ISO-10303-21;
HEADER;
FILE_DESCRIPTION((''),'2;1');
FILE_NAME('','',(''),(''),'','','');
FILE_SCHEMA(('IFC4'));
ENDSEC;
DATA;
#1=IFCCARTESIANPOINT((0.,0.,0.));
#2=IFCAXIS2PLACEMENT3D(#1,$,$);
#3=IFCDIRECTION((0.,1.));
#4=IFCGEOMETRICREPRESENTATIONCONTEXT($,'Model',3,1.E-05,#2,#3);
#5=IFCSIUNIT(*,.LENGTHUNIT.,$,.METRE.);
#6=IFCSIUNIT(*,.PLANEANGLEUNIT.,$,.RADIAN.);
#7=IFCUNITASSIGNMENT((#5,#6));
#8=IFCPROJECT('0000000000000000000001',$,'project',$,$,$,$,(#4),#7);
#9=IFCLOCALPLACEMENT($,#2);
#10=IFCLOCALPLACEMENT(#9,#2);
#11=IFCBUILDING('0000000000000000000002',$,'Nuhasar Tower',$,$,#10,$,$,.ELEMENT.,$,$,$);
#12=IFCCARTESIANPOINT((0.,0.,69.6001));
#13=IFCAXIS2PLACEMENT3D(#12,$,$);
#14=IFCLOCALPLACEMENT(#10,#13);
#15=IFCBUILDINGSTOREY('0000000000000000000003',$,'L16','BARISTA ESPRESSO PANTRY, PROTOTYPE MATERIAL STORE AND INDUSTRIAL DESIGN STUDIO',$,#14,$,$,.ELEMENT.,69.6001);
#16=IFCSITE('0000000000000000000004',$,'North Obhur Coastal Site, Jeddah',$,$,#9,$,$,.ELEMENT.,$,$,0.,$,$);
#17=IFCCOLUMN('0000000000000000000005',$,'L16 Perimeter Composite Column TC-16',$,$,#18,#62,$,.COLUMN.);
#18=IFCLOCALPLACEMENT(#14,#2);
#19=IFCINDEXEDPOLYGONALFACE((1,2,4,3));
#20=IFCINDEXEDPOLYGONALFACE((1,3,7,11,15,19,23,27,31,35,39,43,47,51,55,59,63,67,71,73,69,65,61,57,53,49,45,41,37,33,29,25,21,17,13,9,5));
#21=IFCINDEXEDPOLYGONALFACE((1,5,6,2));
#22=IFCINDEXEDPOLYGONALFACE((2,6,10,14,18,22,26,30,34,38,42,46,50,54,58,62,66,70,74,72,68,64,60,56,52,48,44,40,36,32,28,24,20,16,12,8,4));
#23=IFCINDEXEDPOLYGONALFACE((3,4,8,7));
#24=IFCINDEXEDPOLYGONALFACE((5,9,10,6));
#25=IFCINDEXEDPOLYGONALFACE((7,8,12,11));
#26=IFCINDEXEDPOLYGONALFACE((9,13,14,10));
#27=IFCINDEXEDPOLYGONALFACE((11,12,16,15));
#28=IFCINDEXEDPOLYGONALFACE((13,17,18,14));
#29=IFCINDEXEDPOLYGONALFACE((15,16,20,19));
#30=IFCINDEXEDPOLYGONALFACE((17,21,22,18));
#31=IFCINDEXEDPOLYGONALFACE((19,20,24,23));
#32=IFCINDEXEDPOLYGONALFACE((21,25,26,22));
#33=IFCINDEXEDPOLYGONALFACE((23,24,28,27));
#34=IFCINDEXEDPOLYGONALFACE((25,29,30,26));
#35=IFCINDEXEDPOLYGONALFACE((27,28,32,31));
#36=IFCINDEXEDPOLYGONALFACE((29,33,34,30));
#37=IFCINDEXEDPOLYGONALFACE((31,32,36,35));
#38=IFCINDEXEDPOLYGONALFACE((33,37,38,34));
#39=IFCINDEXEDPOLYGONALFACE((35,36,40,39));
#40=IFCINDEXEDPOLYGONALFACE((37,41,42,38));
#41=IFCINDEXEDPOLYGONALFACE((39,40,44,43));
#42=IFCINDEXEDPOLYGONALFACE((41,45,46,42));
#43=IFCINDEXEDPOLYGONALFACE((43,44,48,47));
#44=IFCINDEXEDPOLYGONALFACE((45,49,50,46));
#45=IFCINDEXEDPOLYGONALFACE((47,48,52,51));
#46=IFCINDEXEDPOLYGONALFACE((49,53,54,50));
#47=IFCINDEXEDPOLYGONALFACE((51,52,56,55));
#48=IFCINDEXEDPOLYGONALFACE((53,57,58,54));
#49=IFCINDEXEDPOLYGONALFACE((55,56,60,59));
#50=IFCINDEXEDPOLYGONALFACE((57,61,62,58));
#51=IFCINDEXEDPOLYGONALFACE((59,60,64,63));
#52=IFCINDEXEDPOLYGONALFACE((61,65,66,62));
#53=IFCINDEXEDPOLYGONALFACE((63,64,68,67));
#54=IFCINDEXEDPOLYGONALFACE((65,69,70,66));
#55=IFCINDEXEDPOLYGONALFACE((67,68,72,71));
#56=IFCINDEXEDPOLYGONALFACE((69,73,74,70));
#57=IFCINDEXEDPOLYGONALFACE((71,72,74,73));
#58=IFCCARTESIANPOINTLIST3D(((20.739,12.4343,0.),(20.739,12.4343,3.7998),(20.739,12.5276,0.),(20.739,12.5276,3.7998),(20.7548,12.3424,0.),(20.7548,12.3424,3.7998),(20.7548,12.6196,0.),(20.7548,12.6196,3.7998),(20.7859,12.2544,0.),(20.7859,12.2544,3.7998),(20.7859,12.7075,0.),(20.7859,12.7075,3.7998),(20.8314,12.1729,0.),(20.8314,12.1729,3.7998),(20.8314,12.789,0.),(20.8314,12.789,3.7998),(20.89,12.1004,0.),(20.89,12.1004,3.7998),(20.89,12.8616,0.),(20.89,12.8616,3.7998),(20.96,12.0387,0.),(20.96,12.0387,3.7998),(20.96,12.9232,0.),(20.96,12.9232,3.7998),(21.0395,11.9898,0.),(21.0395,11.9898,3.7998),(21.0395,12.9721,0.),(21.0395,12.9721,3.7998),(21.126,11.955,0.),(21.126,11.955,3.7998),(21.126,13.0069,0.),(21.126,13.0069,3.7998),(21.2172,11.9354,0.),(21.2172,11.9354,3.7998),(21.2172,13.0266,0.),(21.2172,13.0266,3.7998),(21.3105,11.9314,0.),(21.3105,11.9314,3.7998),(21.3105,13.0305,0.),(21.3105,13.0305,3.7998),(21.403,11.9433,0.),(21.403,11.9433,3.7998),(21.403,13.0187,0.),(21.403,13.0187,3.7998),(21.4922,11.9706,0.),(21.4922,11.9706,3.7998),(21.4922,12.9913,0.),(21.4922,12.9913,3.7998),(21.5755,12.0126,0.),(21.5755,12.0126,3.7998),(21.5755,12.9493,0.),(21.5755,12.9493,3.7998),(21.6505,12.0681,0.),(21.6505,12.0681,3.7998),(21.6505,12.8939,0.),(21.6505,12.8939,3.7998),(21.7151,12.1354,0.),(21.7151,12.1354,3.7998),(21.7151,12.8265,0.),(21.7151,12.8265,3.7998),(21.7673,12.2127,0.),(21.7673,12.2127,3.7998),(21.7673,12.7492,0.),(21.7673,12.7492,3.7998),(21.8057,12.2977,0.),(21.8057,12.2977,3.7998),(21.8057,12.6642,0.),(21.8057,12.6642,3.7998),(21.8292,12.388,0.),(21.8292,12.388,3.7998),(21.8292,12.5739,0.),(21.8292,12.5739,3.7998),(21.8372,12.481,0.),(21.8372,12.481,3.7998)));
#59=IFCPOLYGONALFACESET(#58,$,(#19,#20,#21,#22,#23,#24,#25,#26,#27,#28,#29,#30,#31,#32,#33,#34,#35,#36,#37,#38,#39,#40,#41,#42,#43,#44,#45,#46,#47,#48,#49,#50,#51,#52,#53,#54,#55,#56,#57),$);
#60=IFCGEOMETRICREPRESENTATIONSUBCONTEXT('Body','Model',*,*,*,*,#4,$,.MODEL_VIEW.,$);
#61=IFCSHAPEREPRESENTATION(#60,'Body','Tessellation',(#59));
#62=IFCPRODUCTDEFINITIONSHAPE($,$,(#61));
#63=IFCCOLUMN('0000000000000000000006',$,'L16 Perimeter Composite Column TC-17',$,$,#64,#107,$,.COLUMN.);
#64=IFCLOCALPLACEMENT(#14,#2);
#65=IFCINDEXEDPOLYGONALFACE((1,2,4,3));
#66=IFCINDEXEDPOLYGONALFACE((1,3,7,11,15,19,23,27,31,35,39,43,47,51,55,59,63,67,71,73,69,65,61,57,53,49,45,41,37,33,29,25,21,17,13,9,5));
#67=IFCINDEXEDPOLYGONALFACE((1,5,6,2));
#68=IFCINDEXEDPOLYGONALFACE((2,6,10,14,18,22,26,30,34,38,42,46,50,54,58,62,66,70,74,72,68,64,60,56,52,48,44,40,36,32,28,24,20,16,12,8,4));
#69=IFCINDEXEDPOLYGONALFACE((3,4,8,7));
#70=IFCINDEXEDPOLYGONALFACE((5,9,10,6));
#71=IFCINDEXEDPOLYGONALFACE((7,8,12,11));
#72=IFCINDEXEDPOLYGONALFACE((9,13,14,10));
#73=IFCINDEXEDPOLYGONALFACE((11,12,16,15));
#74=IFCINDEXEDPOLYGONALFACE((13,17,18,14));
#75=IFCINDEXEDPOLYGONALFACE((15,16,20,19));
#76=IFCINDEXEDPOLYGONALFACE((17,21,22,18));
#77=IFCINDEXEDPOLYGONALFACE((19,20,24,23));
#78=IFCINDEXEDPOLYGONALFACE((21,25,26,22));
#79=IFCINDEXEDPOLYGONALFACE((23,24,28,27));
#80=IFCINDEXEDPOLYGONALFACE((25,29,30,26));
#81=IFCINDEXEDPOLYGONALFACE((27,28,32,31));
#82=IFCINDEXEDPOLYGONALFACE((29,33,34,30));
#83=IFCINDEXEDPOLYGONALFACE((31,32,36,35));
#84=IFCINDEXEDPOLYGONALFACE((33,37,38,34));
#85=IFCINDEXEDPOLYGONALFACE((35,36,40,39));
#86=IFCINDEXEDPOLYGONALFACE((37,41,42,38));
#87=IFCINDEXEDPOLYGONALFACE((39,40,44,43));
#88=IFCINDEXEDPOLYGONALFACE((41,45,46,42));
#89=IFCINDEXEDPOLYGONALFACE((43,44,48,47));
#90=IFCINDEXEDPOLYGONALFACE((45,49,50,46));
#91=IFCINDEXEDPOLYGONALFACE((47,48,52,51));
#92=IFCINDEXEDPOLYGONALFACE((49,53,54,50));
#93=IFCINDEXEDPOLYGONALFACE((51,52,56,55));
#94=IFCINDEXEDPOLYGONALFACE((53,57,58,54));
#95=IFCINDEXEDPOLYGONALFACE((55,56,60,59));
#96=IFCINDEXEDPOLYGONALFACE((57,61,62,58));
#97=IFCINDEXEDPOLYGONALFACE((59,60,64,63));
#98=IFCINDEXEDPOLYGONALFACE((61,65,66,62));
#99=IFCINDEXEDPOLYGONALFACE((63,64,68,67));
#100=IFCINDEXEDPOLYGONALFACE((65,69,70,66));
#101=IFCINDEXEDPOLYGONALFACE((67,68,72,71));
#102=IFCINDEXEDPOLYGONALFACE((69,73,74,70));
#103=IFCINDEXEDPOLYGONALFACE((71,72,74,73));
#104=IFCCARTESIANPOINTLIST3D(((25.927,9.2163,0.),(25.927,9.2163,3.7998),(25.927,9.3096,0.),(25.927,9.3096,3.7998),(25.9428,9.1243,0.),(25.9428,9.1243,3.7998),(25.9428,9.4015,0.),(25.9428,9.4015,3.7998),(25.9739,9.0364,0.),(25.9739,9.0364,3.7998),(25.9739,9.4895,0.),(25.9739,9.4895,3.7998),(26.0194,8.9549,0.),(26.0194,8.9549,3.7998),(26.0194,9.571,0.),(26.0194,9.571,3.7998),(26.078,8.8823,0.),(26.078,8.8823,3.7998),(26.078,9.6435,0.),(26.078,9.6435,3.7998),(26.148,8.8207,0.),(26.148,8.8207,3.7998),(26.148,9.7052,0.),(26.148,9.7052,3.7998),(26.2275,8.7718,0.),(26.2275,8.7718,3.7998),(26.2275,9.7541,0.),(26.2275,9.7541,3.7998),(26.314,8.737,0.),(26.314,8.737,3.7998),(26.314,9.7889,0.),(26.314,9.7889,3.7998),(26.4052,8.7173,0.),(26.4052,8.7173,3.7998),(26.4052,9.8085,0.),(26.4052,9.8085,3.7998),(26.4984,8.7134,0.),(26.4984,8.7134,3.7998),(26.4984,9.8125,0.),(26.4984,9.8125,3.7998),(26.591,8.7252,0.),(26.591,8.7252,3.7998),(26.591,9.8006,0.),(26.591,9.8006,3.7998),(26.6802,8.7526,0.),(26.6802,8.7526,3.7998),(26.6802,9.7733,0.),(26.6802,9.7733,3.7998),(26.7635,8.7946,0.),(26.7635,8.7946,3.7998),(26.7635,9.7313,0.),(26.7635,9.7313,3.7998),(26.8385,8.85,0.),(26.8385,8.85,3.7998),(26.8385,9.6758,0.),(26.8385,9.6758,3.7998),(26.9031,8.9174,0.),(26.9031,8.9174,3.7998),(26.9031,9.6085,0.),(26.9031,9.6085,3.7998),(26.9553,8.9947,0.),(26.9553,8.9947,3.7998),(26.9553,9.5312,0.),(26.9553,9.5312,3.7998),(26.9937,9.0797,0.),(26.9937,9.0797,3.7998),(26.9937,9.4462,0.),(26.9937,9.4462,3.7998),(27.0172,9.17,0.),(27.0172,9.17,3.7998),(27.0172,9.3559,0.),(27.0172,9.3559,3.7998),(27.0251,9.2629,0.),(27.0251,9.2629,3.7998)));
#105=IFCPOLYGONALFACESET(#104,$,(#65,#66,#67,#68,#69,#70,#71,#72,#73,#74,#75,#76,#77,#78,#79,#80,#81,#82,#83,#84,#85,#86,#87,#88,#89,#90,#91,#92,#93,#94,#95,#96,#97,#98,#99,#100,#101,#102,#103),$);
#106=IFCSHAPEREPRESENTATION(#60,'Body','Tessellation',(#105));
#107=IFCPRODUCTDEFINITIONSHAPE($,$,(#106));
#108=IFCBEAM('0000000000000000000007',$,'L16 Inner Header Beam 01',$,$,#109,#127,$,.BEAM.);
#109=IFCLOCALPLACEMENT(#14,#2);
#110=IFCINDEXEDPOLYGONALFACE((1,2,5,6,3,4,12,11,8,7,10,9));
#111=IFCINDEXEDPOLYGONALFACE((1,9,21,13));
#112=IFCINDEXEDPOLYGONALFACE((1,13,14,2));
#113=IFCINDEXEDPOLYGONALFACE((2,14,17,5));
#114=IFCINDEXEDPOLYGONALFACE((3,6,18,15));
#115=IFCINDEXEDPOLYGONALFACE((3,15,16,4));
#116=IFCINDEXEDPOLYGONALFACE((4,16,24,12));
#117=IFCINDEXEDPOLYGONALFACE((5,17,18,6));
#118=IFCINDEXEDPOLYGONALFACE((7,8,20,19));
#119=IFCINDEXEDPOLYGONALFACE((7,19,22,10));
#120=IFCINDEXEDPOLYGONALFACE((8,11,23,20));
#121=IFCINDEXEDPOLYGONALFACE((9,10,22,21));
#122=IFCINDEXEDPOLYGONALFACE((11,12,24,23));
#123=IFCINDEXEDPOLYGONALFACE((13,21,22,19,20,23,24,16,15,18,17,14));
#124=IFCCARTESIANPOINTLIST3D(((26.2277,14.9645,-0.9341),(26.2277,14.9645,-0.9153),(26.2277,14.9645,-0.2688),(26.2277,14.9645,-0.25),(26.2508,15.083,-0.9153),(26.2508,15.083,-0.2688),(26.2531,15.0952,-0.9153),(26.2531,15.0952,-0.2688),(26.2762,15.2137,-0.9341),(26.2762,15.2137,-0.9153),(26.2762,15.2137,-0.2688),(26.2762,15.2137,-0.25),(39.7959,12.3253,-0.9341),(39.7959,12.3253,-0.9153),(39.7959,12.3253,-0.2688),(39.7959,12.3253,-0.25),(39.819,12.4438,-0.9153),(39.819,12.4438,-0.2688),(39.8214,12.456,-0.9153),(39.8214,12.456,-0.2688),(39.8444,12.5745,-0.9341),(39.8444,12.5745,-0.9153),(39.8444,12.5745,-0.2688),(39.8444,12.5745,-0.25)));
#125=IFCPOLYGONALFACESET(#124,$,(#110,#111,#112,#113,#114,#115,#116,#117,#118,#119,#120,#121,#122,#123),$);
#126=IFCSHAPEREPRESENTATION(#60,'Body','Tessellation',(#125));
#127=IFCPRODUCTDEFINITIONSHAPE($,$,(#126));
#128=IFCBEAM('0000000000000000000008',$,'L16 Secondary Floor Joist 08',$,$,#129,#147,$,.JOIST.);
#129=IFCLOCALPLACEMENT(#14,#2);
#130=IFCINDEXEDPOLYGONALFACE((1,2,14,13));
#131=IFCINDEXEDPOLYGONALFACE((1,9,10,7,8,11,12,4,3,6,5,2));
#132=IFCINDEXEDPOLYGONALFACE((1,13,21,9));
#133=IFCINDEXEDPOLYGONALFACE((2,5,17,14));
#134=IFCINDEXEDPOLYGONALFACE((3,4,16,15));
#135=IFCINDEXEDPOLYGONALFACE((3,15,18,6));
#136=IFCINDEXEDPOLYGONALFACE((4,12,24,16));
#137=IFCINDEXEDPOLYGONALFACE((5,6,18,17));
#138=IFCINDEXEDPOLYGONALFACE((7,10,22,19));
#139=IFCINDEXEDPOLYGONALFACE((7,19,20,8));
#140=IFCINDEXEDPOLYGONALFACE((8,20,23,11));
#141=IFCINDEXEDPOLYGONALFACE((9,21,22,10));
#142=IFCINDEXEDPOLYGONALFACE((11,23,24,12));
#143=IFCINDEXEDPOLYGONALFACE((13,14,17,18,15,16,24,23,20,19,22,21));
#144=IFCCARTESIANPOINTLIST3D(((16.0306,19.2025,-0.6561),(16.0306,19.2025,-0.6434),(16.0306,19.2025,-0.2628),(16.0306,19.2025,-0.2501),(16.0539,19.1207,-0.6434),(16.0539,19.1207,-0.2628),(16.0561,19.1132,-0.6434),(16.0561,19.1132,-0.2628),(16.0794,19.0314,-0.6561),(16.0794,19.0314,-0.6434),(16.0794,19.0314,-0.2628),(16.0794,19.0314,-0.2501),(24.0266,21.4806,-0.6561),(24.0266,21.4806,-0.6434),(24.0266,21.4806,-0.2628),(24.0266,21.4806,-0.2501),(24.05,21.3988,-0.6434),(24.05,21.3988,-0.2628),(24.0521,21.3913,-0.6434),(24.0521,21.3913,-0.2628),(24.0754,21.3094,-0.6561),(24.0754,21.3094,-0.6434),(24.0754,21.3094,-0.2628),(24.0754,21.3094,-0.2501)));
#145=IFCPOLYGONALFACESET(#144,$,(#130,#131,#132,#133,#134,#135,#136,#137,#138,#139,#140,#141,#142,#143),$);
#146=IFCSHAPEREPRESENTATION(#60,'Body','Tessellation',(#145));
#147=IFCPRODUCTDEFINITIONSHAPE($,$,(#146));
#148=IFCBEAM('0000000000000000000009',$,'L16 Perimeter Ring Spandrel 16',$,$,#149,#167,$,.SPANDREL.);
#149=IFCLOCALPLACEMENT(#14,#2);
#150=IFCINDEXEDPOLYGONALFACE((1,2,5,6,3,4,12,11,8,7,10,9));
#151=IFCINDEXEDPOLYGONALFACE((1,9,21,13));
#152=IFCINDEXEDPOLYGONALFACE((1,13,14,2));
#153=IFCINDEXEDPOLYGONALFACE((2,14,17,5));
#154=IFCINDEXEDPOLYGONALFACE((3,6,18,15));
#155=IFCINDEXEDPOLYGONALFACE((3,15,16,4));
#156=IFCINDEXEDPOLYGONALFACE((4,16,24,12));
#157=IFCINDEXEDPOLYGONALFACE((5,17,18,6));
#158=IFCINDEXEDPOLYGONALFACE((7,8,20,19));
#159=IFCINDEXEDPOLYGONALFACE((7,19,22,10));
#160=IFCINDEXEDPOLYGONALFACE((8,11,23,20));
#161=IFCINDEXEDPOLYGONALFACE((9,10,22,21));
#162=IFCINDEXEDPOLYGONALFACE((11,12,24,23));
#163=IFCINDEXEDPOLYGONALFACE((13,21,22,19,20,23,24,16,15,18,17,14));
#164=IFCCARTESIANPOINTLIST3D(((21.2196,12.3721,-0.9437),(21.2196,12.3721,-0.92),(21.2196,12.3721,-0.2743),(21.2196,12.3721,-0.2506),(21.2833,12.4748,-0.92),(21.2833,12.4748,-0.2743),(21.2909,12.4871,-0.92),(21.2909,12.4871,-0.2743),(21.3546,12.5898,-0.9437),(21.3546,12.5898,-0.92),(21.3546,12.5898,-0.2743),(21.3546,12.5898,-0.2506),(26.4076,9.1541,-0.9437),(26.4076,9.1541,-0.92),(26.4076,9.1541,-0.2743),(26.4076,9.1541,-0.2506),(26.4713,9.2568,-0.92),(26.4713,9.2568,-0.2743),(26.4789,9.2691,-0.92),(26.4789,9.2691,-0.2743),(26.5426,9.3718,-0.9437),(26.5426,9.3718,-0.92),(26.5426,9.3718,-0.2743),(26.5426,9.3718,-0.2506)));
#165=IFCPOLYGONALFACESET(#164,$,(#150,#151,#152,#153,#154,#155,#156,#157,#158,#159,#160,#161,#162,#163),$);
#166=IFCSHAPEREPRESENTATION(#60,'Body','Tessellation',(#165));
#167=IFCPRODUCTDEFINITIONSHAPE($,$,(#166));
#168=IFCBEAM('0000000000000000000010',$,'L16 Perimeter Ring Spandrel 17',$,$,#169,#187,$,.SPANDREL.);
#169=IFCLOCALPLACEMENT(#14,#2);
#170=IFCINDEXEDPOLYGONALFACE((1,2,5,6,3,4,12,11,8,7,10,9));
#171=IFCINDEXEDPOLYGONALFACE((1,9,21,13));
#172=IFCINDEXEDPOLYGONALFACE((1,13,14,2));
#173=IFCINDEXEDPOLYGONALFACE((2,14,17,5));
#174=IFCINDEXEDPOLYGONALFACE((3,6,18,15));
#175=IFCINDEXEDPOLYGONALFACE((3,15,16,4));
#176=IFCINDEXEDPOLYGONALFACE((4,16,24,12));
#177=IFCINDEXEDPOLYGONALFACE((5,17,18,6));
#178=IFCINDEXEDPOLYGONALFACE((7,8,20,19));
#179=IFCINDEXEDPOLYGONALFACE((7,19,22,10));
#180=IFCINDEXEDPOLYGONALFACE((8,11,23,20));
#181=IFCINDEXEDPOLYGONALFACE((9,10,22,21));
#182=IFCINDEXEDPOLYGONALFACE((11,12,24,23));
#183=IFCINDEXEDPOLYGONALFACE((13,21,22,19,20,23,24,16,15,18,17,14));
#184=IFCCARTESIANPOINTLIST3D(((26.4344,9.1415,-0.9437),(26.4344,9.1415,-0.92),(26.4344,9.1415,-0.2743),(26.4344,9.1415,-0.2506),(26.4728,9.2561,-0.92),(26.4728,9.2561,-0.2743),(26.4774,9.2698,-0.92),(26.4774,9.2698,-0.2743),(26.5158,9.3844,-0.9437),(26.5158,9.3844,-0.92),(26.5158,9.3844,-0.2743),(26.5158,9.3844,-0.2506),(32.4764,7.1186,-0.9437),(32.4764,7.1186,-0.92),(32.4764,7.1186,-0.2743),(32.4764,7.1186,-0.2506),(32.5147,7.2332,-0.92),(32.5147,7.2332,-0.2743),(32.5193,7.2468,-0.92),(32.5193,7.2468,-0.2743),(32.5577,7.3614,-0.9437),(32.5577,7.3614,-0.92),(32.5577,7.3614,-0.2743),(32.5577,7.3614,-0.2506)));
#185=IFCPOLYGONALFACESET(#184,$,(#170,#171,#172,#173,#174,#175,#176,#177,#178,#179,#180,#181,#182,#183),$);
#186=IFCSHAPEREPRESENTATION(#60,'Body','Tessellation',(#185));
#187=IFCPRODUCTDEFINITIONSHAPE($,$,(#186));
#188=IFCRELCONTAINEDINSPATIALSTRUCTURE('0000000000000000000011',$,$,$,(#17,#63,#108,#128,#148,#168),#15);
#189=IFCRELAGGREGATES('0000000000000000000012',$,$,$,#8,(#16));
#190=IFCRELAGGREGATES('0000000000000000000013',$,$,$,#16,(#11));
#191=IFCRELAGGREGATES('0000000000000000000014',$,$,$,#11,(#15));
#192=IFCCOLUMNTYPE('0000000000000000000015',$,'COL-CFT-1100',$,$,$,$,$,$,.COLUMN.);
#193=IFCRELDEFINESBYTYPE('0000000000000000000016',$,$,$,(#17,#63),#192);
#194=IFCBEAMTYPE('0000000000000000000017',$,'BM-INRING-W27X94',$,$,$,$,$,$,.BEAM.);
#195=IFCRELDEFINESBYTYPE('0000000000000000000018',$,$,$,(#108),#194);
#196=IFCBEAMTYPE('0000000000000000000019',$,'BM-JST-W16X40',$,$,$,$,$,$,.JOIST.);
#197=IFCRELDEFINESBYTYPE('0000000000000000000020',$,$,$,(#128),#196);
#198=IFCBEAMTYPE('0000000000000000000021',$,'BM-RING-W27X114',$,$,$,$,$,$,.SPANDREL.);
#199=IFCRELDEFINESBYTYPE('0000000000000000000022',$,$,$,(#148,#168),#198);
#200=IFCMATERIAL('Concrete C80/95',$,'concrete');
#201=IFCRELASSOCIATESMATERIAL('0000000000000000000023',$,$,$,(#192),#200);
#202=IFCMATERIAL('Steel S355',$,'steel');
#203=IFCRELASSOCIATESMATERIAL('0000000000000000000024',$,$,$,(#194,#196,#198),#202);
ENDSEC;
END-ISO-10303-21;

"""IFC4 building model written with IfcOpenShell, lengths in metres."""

from ifc_helpers import new_model, si_unit, direction, frame, origin, origin_2d, place, context, subcontext, project, spatial, circle, i_section, extrude, material, material_profile, profile_set, type_object, element, save


model = new_model("IFC4")

# Units and contexts
model_context = context("Model", 3, precision=1e-05, world=origin(), true_north=direction((0.0, 1.0)))
body_context = subcontext(model_context, "Body", "Model", "MODEL_VIEW")
ifc_project = project(units=[si_unit("LENGTHUNIT", "METRE"), si_unit("PLANEANGLEUNIT", "RADIAN")], contexts=[model_context])

# Site, building, storey
site_placement = place(None, origin())
site = spatial("IfcSite", under=ifc_project, at=site_placement, Name="North Obhur Coastal Site, Jeddah", CompositionType="ELEMENT", RefElevation=0.0)
building_placement = place(site_placement, origin())
building = spatial("IfcBuilding", under=site, at=building_placement, Name="Nuhasar Tower", CompositionType="ELEMENT")
storey_placement = place(building_placement, frame((0.0, 0.0, 69.6001)))
storey = spatial("IfcBuildingStorey", under=building, at=storey_placement, Name="L16", Description="BARISTA ESPRESSO PANTRY, PROTOTYPE MATERIAL STORE AND INDUSTRIAL DESIGN STUDIO", CompositionType="ELEMENT", Elevation=69.6001)

# Columns
ifc_material_1 = material(Name="Concrete C80/95", Category="concrete")
ifc_material_profile_1 = material_profile(ifc_material_1, circle(Radius=0.55, at=origin_2d()), Name="CFT1100")
ifc_profile_set_1 = profile_set([ifc_material_profile_1], Name="Concrete C80/95")
column_type = type_object("IfcColumnType", Name="COL-CFT-1100", PredefinedType="COLUMN", material=ifc_profile_set_1)
for number, where, z_axis, x_axis, name in (
    (1, (21.2871, 12.481, 0.0), (0.0, 0.0, 1.0), (1.0, 0.0, 0.0), "L16 Perimeter Composite Column TC-16"),
    (2, (26.4751, 9.2629, 0.0), (0.0, 0.0, 1.0), (1.0, 0.0, 0.0), "L16 Perimeter Composite Column TC-17"),
):
    element("IfcColumn", number, at=place(storey_placement, frame(where, z_axis=z_axis, x_axis=x_axis)), inside=storey, type_object=column_type, Name=name, PredefinedType="COLUMN", context=body_context, shape_type="SweptSolid", body=[
        extrude(circle(Radius=0.55, at=origin_2d()), origin(), (0.0, 0.0, 1.0), 3.7998),
    ])

# Beams
ifc_material_2 = material(Name="Steel S355", Category="steel")
ifc_material_profile_2 = material_profile(ifc_material_2, i_section(OverallWidth=0.2539, OverallDepth=0.6841, WebThickness=0.0125, FlangeThickness=0.0188, at=origin_2d()), Name="W27X94")
ifc_profile_set_2 = profile_set([ifc_material_profile_2], Name="Steel S355")
beam_type_1 = type_object("IfcBeamType", Name="BM-INRING-W27X94", PredefinedType="BEAM", material=ifc_profile_set_2)
beam_1_placement = place(storey_placement, frame((26.252, 15.0891, -0.592), z_axis=(0.981603, -0.190933, 0.0), x_axis=(0.190933, 0.981603, 0.0)))
element("IfcBeam", 3, at=beam_1_placement, inside=storey, type_object=beam_type_1, Name="L16 Inner Header Beam 01", PredefinedType="BEAM", context=body_context, shape_type="SweptSolid", body=[
    extrude(i_section(OverallWidth=0.2539, OverallDepth=0.6841, WebThickness=0.0125, FlangeThickness=0.0188, at=origin_2d()), origin(), (0.0, 0.0, 1.0), 13.8225),
])
ifc_material_profile_3 = material_profile(ifc_material_2, i_section(OverallWidth=0.178, OverallDepth=0.406, WebThickness=0.0078, FlangeThickness=0.0127, at=origin_2d()), Name="W16X40")
ifc_profile_set_3 = profile_set([ifc_material_profile_3], Name="Steel S355")
beam_type_2 = type_object("IfcBeamType", Name="BM-JST-W16X40", PredefinedType="JOIST", material=ifc_profile_set_3)
beam_2_placement = place(storey_placement, frame((24.051, 21.395, -0.4531), z_axis=(-0.961731, -0.273996, 0.0), x_axis=(0.273996, -0.961731, 0.0)))
element("IfcBeam", 4, at=beam_2_placement, inside=storey, type_object=beam_type_2, Name="L16 Secondary Floor Joist 08", PredefinedType="JOIST", context=body_context, shape_type="SweptSolid", body=[
    extrude(i_section(OverallWidth=0.178, OverallDepth=0.406, WebThickness=0.0078, FlangeThickness=0.0127, at=origin_2d()), origin(), (0.0, 0.0, 1.0), 8.3142),
])
ifc_material_profile_4 = material_profile(ifc_material_2, i_section(OverallWidth=0.2561, OverallDepth=0.6931, WebThickness=0.0144, FlangeThickness=0.0237, at=origin_2d()), Name="W27X114")
ifc_profile_set_4 = profile_set([ifc_material_profile_4], Name="Steel S355")
beam_type_3 = type_object("IfcBeamType", Name="BM-RING-W27X114", PredefinedType="SPANDREL", material=ifc_profile_set_4)
beam_3_placement = place(storey_placement, frame((21.2871, 12.481, -0.5972), z_axis=(0.849795, -0.527113, 0.0), x_axis=(0.527113, 0.849795, 0.0)))
element("IfcBeam", 5, at=beam_3_placement, inside=storey, type_object=beam_type_3, Name="L16 Perimeter Ring Spandrel 16", PredefinedType="SPANDREL", context=body_context, shape_type="SweptSolid", body=[
    extrude(i_section(OverallWidth=0.2561, OverallDepth=0.6931, WebThickness=0.0144, FlangeThickness=0.0237, at=origin_2d()), origin(), (0.0, 0.0, 1.0), 6.105),
])
beam_4_placement = place(storey_placement, frame((26.4751, 9.2629, -0.5972), z_axis=(0.948261, -0.317492, 0.0), x_axis=(0.317492, 0.948261, 0.0)))
element("IfcBeam", 6, at=beam_4_placement, inside=storey, type_object=beam_type_3, Name="L16 Perimeter Ring Spandrel 17", PredefinedType="SPANDREL", context=body_context, shape_type="SweptSolid", body=[
    extrude(i_section(OverallWidth=0.2561, OverallDepth=0.6931, WebThickness=0.0144, FlangeThickness=0.0237, at=origin_2d()), origin(), (0.0, 0.0, 1.0), 6.3716),
])

save(model, "model.ifc")
